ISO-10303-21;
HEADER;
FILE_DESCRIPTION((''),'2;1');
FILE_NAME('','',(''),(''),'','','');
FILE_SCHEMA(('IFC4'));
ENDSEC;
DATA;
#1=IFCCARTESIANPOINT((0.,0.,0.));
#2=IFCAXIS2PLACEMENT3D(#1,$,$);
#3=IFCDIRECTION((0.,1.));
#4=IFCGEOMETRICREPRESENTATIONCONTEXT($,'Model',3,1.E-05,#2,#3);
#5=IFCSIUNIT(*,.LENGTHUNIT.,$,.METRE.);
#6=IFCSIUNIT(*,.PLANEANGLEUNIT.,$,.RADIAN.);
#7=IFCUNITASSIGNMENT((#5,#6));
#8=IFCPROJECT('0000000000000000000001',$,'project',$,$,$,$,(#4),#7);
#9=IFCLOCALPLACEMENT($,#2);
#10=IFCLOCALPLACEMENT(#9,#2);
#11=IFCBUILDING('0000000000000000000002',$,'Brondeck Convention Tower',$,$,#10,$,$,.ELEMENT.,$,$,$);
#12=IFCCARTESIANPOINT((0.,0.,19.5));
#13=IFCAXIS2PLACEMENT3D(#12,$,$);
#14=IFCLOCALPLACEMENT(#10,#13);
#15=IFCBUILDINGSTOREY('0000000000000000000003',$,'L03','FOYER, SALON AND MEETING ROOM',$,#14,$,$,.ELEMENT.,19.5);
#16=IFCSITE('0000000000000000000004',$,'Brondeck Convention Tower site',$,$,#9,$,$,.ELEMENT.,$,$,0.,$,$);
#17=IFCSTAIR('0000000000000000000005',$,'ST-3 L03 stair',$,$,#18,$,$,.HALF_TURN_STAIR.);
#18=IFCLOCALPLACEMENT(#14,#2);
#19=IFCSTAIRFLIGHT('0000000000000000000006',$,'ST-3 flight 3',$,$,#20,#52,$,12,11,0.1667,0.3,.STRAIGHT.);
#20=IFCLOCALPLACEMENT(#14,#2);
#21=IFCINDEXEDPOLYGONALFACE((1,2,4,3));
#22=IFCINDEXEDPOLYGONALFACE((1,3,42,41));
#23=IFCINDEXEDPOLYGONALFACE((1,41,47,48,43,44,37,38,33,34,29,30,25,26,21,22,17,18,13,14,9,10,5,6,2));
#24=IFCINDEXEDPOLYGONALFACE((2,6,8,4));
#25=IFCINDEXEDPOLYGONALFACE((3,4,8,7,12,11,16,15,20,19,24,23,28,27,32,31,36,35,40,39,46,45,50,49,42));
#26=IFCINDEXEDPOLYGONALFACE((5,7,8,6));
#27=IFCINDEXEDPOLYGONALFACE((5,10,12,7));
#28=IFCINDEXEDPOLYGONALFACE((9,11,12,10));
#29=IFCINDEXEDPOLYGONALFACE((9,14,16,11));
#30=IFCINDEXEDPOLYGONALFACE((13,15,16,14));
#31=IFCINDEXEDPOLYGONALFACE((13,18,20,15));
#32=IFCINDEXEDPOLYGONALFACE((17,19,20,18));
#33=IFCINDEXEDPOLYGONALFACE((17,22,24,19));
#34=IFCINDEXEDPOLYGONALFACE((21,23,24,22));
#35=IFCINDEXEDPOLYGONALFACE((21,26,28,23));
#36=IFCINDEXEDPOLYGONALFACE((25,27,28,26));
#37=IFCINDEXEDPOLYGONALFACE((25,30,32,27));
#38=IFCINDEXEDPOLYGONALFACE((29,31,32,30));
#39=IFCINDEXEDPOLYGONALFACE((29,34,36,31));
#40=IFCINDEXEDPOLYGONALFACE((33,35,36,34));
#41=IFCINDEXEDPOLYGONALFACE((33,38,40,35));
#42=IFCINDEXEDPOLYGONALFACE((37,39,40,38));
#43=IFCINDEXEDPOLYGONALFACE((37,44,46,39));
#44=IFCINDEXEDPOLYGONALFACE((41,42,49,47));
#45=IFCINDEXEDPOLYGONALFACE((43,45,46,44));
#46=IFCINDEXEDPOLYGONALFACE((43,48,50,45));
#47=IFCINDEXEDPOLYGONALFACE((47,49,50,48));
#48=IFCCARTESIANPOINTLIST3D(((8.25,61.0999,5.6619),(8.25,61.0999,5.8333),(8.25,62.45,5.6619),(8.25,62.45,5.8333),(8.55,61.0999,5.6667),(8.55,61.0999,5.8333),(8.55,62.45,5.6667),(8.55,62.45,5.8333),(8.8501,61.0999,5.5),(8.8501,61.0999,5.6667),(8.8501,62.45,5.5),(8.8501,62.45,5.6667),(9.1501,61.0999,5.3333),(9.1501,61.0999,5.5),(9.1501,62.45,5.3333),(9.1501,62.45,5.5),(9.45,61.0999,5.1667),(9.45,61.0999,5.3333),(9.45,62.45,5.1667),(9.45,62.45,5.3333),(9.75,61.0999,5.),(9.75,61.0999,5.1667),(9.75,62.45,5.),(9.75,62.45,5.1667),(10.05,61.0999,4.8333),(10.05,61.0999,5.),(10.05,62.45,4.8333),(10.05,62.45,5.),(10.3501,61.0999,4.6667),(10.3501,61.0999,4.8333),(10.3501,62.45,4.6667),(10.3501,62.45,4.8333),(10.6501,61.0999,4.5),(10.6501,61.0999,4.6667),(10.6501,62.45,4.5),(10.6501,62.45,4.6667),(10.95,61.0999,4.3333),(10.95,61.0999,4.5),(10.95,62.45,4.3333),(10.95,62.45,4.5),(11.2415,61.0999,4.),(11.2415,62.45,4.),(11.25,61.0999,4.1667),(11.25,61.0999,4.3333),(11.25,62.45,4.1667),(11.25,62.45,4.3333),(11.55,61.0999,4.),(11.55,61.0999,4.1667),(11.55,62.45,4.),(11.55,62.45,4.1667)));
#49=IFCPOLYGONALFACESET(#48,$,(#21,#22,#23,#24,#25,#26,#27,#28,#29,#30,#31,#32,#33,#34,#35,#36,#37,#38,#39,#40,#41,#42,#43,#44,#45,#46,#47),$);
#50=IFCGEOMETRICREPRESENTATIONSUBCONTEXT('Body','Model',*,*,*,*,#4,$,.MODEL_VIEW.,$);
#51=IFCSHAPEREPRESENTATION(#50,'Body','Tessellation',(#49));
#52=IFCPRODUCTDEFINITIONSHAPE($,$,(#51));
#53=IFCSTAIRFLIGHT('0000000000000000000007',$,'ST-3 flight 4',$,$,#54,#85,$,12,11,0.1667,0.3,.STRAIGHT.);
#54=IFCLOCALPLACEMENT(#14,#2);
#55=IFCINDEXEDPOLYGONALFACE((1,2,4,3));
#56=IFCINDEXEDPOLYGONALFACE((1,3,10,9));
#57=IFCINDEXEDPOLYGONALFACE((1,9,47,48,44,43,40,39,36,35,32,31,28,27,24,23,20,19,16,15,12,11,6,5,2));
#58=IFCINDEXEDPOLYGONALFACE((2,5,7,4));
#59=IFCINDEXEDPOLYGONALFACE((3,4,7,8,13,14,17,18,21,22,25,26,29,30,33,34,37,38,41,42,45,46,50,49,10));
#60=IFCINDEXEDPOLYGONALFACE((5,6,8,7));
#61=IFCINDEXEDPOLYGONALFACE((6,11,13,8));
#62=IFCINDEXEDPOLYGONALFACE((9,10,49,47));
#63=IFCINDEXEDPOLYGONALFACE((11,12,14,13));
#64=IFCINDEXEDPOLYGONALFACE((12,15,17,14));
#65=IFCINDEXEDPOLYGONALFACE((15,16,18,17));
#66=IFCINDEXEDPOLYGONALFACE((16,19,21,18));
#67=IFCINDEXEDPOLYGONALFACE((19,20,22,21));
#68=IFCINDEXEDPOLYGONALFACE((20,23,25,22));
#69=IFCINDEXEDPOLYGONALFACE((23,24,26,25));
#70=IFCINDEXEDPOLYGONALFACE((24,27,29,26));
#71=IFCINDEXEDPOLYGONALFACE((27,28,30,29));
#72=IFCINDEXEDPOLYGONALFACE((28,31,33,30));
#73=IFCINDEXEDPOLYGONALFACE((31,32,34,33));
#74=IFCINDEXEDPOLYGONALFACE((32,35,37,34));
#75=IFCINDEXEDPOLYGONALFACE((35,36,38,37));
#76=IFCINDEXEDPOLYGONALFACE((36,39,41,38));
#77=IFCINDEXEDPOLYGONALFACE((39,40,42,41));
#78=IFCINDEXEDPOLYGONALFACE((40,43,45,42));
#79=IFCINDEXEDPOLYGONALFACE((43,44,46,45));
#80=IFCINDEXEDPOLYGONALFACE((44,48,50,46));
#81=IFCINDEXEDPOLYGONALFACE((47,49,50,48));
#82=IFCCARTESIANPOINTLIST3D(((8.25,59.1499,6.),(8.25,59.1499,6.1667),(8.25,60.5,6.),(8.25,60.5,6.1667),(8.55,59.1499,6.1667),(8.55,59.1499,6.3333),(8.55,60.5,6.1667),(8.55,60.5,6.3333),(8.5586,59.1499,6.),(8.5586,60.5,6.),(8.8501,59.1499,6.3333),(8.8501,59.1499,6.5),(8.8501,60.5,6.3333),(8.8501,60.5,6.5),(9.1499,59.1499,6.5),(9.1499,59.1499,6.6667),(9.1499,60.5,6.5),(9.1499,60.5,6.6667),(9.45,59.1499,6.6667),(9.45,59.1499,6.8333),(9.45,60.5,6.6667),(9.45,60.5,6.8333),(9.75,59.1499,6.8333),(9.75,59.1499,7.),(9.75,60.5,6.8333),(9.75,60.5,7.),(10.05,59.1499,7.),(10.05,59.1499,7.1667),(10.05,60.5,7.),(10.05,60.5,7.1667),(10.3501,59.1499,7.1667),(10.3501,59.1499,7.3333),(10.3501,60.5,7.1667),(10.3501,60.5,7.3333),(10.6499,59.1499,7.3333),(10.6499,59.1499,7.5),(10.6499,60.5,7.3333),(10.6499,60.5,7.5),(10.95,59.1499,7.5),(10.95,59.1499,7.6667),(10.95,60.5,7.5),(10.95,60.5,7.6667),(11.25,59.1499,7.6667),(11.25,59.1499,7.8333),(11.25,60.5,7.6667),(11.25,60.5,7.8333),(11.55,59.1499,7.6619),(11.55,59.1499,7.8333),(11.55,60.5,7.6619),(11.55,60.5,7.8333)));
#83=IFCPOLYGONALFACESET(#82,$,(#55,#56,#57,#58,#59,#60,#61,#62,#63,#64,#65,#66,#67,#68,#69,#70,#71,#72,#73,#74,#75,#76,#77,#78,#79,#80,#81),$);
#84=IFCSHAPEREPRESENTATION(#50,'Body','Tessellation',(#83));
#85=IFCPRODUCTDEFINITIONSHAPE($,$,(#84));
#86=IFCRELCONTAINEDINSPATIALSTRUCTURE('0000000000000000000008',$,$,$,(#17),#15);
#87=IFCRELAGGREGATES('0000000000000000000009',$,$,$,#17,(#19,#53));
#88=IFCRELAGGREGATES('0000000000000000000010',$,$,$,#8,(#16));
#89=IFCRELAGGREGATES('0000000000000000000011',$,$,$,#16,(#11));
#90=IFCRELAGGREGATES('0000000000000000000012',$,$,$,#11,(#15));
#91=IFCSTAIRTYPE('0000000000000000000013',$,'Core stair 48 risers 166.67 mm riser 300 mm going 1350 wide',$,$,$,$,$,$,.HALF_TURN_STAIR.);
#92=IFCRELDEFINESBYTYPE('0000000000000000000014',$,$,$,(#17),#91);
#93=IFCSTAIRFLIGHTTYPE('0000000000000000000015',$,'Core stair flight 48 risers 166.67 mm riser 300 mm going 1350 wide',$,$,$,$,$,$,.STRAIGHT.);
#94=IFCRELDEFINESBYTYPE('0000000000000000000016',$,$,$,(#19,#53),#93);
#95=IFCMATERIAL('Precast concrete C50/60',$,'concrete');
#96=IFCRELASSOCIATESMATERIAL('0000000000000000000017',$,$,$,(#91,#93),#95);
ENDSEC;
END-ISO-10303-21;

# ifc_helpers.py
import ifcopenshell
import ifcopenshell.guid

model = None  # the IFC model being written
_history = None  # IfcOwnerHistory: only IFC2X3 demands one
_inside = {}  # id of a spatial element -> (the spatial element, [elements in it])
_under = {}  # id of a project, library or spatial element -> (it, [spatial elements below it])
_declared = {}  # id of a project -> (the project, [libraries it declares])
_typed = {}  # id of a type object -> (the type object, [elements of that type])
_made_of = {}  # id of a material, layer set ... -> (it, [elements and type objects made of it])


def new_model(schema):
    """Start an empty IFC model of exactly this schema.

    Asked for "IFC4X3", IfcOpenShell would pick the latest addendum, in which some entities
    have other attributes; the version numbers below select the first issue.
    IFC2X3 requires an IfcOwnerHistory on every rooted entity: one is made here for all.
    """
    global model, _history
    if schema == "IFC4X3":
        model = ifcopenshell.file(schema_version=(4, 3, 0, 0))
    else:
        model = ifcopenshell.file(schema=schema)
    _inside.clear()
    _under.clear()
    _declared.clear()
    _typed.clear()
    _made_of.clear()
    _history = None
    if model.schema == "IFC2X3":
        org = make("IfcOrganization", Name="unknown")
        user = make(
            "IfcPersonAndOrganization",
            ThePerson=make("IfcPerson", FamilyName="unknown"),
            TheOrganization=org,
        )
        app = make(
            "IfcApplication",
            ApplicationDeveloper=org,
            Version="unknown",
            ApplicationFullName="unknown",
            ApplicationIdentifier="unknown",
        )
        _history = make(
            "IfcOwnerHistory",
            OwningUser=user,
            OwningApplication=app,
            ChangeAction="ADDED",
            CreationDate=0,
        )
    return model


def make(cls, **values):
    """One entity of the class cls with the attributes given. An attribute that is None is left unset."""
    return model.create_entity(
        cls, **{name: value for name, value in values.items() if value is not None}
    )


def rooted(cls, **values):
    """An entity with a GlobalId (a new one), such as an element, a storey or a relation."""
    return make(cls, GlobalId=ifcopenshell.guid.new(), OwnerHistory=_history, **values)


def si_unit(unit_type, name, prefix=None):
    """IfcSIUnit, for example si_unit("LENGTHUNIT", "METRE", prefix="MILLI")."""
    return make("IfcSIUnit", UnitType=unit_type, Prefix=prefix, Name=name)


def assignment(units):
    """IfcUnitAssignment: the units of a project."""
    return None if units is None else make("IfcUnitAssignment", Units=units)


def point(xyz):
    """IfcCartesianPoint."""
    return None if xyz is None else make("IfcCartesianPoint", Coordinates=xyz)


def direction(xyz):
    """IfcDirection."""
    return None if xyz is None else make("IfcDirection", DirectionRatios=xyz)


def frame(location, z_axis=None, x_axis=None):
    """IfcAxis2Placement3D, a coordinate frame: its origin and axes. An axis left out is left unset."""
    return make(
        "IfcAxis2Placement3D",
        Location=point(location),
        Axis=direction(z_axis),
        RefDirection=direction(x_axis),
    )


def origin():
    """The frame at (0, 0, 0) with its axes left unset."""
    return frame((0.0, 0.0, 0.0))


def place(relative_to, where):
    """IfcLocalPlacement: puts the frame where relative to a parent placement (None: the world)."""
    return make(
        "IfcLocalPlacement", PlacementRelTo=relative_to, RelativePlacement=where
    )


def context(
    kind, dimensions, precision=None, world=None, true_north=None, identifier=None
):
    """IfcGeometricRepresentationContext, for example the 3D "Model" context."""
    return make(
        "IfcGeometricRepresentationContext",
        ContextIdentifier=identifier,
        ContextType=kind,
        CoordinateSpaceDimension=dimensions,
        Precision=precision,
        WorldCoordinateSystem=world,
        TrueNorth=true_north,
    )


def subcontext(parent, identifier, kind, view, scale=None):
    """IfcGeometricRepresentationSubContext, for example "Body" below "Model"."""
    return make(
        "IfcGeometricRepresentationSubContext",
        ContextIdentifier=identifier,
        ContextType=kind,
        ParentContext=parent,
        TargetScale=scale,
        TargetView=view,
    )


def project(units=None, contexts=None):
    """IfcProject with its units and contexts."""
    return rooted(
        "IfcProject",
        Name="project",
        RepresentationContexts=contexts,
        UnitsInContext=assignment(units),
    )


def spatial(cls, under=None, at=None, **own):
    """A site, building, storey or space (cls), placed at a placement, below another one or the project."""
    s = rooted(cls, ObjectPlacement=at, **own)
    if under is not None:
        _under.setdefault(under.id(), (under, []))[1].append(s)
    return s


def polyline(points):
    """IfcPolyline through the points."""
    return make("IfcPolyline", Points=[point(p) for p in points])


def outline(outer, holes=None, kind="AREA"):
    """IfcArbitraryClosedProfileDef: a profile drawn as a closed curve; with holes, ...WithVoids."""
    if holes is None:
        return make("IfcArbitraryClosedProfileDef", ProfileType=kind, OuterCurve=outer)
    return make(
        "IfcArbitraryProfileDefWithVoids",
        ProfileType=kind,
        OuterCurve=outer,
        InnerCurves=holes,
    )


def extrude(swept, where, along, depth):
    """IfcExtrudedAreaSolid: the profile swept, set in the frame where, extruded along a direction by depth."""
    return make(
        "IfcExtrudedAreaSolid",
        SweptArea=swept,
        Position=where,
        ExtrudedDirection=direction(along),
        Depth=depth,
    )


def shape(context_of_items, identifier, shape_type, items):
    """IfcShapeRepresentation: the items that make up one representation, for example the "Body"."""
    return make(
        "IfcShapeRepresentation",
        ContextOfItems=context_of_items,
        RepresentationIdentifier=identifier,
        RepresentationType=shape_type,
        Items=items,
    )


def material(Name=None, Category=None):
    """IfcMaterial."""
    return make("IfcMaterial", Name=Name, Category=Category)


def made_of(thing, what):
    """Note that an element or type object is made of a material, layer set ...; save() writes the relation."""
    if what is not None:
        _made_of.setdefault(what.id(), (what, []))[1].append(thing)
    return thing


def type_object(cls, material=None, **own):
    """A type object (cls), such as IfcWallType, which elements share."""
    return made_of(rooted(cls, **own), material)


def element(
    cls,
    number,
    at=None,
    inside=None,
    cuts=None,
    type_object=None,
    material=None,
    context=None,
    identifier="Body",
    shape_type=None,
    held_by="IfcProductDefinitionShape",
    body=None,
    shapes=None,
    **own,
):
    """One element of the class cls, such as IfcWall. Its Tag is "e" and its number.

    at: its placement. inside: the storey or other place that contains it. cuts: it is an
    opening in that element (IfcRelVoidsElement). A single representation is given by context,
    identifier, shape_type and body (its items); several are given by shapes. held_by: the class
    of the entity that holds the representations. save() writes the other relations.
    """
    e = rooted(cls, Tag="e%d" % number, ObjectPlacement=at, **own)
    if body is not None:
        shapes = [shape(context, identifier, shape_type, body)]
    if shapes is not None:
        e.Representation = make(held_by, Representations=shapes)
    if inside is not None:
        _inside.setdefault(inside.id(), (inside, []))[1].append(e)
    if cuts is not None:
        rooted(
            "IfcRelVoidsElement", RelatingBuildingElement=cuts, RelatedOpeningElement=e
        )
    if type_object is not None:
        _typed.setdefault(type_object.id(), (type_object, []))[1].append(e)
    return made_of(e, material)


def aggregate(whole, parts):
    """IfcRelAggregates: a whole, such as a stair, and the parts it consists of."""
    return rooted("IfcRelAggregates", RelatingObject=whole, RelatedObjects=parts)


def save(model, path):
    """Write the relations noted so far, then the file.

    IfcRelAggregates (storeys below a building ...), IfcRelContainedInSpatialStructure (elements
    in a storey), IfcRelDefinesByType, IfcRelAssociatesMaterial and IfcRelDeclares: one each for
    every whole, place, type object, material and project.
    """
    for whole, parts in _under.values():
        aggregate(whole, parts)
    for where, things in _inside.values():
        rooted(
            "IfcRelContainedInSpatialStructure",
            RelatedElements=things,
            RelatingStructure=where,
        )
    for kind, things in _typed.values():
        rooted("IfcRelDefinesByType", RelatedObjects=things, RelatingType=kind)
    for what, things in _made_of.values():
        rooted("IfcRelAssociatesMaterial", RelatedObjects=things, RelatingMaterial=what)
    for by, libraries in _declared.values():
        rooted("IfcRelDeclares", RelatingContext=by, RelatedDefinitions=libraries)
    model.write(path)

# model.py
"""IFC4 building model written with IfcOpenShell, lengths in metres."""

from ifc_helpers import new_model, si_unit, direction, frame, origin, place, context, subcontext, project, spatial, polyline, outline, extrude, material, type_object, element, aggregate, save


model = new_model("IFC4")

# Units and contexts
model_context = context("Model", 3, precision=1e-05, world=origin(), true_north=direction((0.0, 1.0)))
body_context = subcontext(model_context, "Body", "Model", "MODEL_VIEW")
ifc_project = project(units=[si_unit("LENGTHUNIT", "METRE"), si_unit("PLANEANGLEUNIT", "RADIAN")], contexts=[model_context])

# Site, building, storey
site_placement = place(None, origin())
site = spatial("IfcSite", under=ifc_project, at=site_placement, Name="Brondeck Convention Tower site", CompositionType="ELEMENT", RefElevation=0.0)
building_placement = place(site_placement, origin())
building = spatial("IfcBuilding", under=site, at=building_placement, Name="Brondeck Convention Tower", CompositionType="ELEMENT")
storey_placement = place(building_placement, frame((0.0, 0.0, 19.5)))
storey = spatial("IfcBuildingStorey", under=building, at=storey_placement, Name="L03", Description="FOYER, SALON AND MEETING ROOM", CompositionType="ELEMENT", Elevation=19.5)

# Stair, stair flights
ifc_material_1 = material(Name="Precast concrete C50/60", Category="concrete")
stair_type = type_object("IfcStairType", Name="Core stair 48 risers 166.67 mm riser 300 mm going 1350 wide", PredefinedType="HALF_TURN_STAIR", material=ifc_material_1)
stair_placement = place(storey_placement, origin())
stair = element("IfcStair", 1, at=stair_placement, inside=storey, type_object=stair_type, Name="ST-3 L03 stair", PredefinedType="HALF_TURN_STAIR")
stair_flight_type = type_object("IfcStairFlightType", Name="Core stair flight 48 risers 166.67 mm riser 300 mm going 1350 wide", PredefinedType="STRAIGHT", material=ifc_material_1)
stair_flight_1_placement = place(storey_placement, frame((11.55, 61.7749, 4.0), z_axis=(0.0, 0.0, 1.0), x_axis=(-1.0, 0.0, 0.0)))
stair_flight_1 = element("IfcStairFlight", 2, at=stair_flight_1_placement, type_object=stair_flight_type, Name="ST-3 flight 3", NumberOfRisers=12, NumberOfTreads=11, PredefinedType="STRAIGHT", RiserHeight=0.1667, TreadLength=0.3, context=body_context, shape_type="SweptSolid", body=[
    extrude(outline(polyline([(0.0, 0.0), (0.0, 0.1667), (0.3, 0.1667), (0.3, 0.3333), (0.6001, 0.3333), (0.6001, 0.5), (0.8999, 0.5), (0.8999, 0.6667), (1.2, 0.6667), (1.2, 0.8333), (1.5, 0.8333), (1.5, 1.0), (1.8, 1.0), (1.8, 1.1667), (2.1001, 1.1667), (2.1001, 1.3333), (2.3999, 1.3333), (2.3999, 1.5), (2.7, 1.5), (2.7, 1.6667), (3.0, 1.6667), (3.0, 1.8333), (3.3, 1.8333), (3.3, 2.0), (3.3, 1.6619), (0.3086, 0.0), (0.0, 0.0)])), frame((0.0, 0.675, 0.0), z_axis=(0.0, -1.0, 0.0), x_axis=(1.0, 0.0, 0.0)), (0.0, 0.0, 1.0), 1.3501),
])
stair_flight_2_placement = place(storey_placement, frame((8.25, 59.825, 6.0), z_axis=(0.0, 0.0, 1.0), x_axis=(1.0, 0.0, 0.0)))
stair_flight_2 = element("IfcStairFlight", 3, at=stair_flight_2_placement, type_object=stair_flight_type, Name="ST-3 flight 4", NumberOfRisers=12, NumberOfTreads=11, PredefinedType="STRAIGHT", RiserHeight=0.1667, TreadLength=0.3, context=body_context, shape_type="SweptSolid", body=[
    extrude(outline(polyline([(0.0, 0.0), (0.0, 0.1667), (0.3, 0.1667), (0.3, 0.3333), (0.6001, 0.3333), (0.6001, 0.5), (0.8999, 0.5), (0.8999, 0.6667), (1.2, 0.6667), (1.2, 0.8333), (1.5, 0.8333), (1.5, 1.0), (1.8, 1.0), (1.8, 1.1667), (2.1001, 1.1667), (2.1001, 1.3333), (2.3999, 1.3333), (2.3999, 1.5), (2.7, 1.5), (2.7, 1.6667), (3.0, 1.6667), (3.0, 1.8333), (3.3, 1.8333), (3.3, 2.0), (3.3, 1.6619), (0.3086, 0.0), (0.0, 0.0)])), frame((0.0, 0.675, 0.0), z_axis=(0.0, -1.0, 0.0), x_axis=(1.0, 0.0, 0.0)), (0.0, 0.0, 1.0), 1.3501),
])
aggregate(stair, [stair_flight_1, stair_flight_2])

save(model, "model.ifc")
